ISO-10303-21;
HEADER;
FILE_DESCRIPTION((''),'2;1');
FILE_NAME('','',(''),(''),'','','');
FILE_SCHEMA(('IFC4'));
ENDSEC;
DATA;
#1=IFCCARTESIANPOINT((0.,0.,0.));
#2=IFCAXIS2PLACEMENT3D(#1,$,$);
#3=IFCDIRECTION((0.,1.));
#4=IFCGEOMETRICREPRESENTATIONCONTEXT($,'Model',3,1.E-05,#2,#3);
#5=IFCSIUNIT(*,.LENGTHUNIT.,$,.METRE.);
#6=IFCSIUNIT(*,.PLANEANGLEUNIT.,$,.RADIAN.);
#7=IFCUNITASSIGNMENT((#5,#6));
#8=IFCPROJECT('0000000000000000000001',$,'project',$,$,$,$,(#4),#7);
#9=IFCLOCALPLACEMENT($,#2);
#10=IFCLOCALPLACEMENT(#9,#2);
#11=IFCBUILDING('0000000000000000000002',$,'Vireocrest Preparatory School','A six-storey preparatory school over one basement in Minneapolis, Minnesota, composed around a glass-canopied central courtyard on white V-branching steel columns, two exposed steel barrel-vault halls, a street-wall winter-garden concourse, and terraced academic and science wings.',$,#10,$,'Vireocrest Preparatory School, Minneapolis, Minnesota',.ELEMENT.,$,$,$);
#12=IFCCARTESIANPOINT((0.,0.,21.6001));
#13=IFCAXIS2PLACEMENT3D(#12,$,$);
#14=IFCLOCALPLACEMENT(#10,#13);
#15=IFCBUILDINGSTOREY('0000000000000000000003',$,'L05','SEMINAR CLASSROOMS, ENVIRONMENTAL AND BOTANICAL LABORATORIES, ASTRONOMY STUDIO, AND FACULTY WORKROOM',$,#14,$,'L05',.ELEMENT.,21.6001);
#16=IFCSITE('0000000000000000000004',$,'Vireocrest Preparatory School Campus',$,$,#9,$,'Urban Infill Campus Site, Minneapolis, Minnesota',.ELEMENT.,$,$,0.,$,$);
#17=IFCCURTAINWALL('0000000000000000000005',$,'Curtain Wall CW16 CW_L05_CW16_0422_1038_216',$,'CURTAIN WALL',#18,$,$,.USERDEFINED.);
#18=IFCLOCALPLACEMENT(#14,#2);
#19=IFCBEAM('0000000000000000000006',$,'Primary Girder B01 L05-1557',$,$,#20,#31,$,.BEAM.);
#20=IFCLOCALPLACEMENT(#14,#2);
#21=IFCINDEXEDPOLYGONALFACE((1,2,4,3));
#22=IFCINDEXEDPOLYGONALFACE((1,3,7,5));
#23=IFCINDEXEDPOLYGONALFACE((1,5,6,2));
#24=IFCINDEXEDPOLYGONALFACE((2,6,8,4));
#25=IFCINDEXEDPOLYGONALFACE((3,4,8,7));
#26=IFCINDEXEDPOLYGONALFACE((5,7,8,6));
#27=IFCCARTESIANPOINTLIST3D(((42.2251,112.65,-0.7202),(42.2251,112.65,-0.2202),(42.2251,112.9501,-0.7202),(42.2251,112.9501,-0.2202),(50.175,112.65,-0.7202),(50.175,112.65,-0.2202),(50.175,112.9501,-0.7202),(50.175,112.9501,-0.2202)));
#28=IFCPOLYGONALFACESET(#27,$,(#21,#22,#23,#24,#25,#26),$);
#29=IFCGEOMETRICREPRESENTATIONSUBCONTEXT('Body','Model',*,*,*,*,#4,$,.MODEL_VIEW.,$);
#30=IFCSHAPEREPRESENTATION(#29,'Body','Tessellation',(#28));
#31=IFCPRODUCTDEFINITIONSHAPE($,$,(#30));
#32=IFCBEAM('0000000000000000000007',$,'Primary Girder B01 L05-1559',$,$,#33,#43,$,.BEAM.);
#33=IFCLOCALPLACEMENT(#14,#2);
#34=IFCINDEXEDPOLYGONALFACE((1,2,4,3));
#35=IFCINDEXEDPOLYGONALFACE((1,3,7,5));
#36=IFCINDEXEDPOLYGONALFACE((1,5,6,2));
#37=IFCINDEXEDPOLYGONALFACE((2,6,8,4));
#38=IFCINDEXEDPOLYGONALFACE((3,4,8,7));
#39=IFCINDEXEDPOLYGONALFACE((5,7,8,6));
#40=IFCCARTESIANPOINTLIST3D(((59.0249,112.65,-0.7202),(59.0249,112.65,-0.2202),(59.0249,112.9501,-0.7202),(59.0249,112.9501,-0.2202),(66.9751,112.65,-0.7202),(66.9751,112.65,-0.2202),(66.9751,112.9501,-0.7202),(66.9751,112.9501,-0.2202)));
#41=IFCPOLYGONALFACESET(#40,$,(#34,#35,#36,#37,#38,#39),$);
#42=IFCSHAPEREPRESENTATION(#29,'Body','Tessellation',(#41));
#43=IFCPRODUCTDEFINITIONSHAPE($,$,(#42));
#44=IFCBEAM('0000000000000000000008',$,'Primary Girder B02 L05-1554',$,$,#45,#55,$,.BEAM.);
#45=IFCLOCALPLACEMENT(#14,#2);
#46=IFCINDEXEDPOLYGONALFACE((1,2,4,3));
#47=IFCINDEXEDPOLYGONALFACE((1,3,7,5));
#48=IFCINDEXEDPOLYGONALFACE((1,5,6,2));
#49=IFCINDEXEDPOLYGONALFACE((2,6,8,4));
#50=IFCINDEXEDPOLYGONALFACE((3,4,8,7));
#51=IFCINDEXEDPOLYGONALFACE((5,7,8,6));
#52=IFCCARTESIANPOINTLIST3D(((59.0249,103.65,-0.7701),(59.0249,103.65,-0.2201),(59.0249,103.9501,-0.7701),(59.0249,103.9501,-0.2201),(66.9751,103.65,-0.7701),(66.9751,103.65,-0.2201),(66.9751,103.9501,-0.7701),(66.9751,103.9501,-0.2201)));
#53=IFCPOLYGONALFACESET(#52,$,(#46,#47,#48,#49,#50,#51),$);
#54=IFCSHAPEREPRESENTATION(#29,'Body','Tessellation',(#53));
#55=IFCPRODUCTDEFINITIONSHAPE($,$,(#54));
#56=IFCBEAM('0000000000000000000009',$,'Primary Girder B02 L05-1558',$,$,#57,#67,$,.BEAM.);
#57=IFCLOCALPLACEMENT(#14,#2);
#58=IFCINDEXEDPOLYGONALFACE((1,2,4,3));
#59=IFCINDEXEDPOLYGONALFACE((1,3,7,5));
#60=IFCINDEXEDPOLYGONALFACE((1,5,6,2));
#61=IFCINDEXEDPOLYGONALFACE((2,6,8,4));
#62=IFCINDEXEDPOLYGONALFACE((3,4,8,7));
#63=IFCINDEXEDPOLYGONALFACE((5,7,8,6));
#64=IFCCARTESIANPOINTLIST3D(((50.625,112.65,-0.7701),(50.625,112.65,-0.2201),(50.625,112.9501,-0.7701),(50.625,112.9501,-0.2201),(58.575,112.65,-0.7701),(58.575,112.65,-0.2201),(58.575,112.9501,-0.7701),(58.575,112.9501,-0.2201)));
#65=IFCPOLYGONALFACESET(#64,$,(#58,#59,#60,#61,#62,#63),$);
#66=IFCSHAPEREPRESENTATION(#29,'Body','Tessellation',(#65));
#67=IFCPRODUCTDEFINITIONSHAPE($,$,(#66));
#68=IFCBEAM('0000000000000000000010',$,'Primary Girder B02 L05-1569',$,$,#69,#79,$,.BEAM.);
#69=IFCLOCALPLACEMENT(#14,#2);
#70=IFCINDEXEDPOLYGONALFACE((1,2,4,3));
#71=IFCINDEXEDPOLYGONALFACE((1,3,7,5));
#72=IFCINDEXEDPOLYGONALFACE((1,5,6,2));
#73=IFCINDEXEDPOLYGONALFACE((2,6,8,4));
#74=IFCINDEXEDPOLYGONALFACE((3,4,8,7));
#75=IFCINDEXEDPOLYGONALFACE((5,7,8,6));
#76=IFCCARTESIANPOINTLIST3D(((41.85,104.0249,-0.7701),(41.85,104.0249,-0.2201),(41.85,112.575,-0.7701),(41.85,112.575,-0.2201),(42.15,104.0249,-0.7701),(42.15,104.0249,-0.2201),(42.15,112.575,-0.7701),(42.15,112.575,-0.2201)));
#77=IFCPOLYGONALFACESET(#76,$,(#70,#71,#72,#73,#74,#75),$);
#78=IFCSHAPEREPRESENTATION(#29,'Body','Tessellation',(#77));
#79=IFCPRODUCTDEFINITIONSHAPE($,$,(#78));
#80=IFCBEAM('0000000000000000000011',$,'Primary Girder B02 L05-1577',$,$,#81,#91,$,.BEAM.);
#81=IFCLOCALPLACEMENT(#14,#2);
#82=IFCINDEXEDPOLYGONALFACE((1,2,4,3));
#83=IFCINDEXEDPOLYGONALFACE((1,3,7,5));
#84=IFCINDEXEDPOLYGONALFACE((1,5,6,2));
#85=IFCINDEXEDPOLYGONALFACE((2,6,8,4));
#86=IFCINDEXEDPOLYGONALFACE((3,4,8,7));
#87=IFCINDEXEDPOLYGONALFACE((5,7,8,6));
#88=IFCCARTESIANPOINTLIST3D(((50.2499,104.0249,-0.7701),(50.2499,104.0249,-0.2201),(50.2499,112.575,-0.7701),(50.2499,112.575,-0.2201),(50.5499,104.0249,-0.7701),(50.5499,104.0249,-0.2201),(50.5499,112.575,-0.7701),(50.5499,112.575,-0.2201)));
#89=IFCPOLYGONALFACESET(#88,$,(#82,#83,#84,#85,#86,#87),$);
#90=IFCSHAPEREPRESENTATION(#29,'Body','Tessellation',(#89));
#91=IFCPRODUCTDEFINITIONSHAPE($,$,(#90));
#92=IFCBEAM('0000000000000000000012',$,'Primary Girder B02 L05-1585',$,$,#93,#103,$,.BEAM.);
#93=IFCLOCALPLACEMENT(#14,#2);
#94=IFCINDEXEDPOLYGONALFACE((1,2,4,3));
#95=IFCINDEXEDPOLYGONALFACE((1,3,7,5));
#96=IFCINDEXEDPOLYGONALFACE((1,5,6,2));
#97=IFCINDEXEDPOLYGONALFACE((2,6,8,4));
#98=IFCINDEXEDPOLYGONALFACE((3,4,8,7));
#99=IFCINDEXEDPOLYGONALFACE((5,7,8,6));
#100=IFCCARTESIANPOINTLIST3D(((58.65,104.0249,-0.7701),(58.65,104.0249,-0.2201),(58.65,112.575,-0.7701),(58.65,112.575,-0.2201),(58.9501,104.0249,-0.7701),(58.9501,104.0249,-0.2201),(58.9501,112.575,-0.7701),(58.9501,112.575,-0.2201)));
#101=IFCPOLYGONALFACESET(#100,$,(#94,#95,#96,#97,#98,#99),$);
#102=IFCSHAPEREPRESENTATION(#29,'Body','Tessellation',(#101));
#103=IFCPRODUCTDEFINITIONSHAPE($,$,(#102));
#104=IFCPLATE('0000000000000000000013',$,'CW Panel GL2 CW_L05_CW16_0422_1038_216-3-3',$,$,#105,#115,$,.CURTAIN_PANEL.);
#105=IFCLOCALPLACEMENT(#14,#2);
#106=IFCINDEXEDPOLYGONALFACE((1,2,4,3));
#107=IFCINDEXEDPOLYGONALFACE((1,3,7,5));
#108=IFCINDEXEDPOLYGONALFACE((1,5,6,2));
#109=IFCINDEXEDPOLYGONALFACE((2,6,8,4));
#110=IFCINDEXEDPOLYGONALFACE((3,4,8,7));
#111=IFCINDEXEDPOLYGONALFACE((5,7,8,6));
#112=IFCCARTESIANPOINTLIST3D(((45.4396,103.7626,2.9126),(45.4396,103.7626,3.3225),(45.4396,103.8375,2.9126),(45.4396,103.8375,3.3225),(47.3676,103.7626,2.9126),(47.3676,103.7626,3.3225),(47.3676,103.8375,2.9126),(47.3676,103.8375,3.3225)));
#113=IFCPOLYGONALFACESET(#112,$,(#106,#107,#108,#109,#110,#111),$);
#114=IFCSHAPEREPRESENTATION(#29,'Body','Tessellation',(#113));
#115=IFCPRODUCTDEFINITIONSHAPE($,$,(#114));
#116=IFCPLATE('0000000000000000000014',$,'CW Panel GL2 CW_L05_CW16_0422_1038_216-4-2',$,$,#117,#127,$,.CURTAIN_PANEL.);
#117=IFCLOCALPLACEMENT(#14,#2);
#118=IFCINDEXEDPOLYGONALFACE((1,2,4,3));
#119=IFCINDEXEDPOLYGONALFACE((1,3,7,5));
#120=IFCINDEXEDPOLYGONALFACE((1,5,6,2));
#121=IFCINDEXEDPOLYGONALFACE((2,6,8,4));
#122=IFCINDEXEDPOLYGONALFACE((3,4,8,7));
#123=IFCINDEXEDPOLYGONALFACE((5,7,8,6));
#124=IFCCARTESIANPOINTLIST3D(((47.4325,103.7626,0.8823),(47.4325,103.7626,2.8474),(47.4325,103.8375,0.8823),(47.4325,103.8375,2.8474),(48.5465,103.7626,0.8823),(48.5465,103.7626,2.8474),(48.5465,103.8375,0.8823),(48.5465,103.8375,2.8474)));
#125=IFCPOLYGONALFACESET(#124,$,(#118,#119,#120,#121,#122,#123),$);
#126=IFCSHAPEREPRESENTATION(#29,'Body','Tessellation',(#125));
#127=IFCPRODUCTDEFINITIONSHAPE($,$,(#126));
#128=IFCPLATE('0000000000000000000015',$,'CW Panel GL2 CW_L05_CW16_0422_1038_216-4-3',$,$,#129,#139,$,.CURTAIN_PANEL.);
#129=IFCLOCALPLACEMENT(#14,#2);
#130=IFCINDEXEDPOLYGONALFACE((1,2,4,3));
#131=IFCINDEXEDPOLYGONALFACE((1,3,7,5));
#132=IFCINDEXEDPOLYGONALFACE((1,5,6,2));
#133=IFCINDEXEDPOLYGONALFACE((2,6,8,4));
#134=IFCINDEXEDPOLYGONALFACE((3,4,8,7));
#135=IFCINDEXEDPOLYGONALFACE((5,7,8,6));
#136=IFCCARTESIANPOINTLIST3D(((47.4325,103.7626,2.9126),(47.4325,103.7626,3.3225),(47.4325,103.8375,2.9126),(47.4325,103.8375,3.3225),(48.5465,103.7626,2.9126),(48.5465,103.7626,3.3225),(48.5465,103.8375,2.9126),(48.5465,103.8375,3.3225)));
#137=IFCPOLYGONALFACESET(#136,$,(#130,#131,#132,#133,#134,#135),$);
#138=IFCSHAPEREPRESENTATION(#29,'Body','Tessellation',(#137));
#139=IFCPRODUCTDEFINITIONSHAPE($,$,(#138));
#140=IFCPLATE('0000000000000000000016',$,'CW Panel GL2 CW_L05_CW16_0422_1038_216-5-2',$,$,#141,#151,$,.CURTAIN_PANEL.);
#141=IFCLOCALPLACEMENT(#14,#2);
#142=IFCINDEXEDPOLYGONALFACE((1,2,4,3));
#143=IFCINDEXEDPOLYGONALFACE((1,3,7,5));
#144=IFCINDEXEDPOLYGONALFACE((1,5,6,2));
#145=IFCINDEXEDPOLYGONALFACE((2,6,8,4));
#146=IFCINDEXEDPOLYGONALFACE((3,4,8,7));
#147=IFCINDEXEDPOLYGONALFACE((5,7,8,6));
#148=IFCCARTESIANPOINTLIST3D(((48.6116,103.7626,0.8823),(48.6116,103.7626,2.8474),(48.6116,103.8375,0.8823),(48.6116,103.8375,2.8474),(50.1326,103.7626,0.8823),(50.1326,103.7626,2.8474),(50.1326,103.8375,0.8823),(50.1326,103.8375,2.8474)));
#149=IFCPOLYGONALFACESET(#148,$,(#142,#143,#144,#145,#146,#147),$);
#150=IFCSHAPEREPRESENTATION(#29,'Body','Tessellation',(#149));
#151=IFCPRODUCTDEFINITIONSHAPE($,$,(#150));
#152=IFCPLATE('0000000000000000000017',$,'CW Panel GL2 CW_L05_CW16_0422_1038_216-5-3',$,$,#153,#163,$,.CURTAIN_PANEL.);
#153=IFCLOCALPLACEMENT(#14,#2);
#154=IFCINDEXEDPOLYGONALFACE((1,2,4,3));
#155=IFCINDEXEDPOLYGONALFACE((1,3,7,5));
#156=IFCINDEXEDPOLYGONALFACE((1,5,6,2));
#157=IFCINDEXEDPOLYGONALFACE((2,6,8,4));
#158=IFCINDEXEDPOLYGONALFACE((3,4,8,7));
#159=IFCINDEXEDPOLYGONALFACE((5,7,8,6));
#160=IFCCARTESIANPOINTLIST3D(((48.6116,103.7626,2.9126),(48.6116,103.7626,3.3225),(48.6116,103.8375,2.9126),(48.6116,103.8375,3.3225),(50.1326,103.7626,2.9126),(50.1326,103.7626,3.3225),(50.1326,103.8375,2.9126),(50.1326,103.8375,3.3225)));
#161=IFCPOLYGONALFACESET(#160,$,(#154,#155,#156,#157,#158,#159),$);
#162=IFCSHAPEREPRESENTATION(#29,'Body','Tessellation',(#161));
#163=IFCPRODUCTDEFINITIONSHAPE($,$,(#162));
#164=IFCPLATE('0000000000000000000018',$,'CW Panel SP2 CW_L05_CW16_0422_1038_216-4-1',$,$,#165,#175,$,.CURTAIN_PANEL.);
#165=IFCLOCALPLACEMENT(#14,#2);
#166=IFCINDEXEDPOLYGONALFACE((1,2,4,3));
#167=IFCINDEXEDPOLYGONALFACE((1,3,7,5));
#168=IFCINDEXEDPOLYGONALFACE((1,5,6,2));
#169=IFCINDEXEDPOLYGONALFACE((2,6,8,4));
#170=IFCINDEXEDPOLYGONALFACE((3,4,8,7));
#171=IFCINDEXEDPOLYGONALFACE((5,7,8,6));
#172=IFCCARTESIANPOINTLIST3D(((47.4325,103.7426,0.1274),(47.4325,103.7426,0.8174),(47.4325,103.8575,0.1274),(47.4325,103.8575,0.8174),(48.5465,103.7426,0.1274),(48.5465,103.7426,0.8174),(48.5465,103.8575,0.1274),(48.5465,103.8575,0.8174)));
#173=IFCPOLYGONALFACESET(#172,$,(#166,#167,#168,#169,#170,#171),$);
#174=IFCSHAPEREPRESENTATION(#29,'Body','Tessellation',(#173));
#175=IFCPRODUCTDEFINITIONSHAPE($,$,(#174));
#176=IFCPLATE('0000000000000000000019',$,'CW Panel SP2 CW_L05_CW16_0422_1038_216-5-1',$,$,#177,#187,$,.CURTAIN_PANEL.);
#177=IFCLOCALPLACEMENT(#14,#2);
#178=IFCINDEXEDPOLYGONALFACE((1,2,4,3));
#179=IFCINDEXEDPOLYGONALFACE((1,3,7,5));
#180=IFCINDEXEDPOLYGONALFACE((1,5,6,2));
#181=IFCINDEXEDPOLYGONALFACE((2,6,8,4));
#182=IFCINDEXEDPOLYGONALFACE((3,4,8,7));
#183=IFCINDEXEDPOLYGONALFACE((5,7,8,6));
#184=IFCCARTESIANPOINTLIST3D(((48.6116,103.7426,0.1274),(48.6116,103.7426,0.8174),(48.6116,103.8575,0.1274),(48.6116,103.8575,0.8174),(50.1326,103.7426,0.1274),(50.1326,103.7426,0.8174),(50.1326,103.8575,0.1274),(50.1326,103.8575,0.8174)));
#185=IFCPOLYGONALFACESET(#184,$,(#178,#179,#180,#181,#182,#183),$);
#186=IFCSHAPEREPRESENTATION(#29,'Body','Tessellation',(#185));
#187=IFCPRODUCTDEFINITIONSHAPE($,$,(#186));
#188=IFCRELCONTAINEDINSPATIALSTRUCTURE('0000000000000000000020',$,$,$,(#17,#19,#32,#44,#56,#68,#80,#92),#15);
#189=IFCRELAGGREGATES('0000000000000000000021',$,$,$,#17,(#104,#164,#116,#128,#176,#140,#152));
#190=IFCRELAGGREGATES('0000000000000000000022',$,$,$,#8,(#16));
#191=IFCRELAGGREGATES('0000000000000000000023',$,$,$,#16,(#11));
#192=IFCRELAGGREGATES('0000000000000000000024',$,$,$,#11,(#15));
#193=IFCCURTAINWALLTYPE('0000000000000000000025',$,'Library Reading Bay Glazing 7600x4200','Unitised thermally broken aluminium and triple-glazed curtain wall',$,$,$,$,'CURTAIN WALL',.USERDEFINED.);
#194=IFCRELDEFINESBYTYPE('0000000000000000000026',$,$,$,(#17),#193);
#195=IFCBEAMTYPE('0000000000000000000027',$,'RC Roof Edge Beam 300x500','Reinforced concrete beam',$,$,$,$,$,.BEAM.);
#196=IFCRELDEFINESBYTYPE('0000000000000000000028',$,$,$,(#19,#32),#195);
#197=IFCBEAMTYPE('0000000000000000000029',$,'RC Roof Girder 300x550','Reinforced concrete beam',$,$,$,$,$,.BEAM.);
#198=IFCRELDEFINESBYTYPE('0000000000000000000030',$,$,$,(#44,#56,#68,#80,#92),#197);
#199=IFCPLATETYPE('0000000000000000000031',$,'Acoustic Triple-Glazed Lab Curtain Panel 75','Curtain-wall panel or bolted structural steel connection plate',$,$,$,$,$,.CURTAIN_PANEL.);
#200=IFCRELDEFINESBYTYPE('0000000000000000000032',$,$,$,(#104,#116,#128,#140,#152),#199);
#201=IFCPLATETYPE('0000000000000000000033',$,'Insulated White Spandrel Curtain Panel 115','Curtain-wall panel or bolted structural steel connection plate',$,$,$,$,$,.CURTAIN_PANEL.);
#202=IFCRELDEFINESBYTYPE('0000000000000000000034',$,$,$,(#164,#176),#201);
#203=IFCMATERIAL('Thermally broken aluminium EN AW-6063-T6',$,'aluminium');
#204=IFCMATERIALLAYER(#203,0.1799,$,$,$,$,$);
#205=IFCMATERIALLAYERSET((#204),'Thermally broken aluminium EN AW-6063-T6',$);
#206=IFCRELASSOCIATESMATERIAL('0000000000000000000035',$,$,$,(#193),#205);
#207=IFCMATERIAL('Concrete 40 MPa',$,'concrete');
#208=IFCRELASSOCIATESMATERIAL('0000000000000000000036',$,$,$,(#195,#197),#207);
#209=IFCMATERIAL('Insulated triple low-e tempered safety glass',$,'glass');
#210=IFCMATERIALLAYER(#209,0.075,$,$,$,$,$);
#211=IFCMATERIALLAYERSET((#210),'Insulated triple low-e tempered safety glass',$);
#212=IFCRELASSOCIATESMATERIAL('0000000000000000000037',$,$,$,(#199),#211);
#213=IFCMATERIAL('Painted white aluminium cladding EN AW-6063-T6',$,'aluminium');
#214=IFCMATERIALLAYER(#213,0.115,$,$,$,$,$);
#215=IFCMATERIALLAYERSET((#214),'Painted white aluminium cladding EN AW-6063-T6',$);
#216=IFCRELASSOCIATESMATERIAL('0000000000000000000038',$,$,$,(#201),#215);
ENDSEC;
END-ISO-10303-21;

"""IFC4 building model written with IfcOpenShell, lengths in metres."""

from ifc_helpers import new_model, si_unit, direction, frame, origin, origin_2d, place, context, subcontext, project, spatial, rectangle, extrude, material, layer, layer_set, material_profile, profile_set, type_object, element, aggregate, save


model = new_model("IFC4")

# Units and contexts
model_context = context("Model", 3, precision=1e-05, world=origin(), true_north=direction((0.0, 1.0)))
body_context = subcontext(model_context, "Body", "Model", "MODEL_VIEW")
ifc_project = project(units=[si_unit("LENGTHUNIT", "METRE"), si_unit("PLANEANGLEUNIT", "RADIAN")], contexts=[model_context])

# Site, building, storey
site_placement = place(None, origin())
site = spatial("IfcSite", under=ifc_project, at=site_placement, Name="Vireocrest Preparatory School Campus", LongName="Urban Infill Campus Site, Minneapolis, Minnesota", CompositionType="ELEMENT", RefElevation=0.0)
building_placement = place(site_placement, origin())
building = spatial("IfcBuilding", under=site, at=building_placement, Name="Vireocrest Preparatory School", Description="A six-storey preparatory school over one basement in Minneapolis, Minnesota, composed around a glass-canopied central courtyard on white V-branching steel columns, two exposed steel barrel-vault halls, a street-wall winter-garden concourse, and terraced academic and science wings.", LongName="Vireocrest Preparatory School, Minneapolis, Minnesota", CompositionType="ELEMENT")
storey_placement = place(building_placement, frame((0.0, 0.0, 21.6001)))
storey = spatial("IfcBuildingStorey", under=building, at=storey_placement, Name="L05", Description="SEMINAR CLASSROOMS, ENVIRONMENTAL AND BOTANICAL LABORATORIES, ASTRONOMY STUDIO, AND FACULTY WORKROOM", LongName="L05", CompositionType="ELEMENT", Elevation=21.6001)

# Curtain wall
ifc_material_1 = material(Name="Thermally broken aluminium EN AW-6063-T6", Category="aluminium")
ifc_layer_1 = layer(ifc_material_1, 0.1799)
ifc_layer_set_1 = layer_set([ifc_layer_1], Name="Thermally broken aluminium EN AW-6063-T6")
curtain_wall_type = type_object("IfcCurtainWallType", Name="Library Reading Bay Glazing 7600x4200", Description="Unitised thermally broken aluminium and triple-glazed curtain wall", ElementType="CURTAIN WALL", PredefinedType="USERDEFINED", material=ifc_layer_set_1)
curtain_wall_placement = place(storey_placement, origin())
curtain_wall = element("IfcCurtainWall", 1, at=curtain_wall_placement, inside=storey, type_object=curtain_wall_type, Name="Curtain Wall CW16 CW_L05_CW16_0422_1038_216", ObjectType="CURTAIN WALL", PredefinedType="USERDEFINED")

# Beams
ifc_material_2 = material(Name="Concrete 40 MPa", Category="concrete")
ifc_material_profile_1 = material_profile(ifc_material_2, rectangle(XDim=0.3, YDim=0.5, at=origin_2d()), Name="RC 300x500")
ifc_profile_set_1 = profile_set([ifc_material_profile_1], Name="Concrete 40 MPa")
beam_type_1 = type_object("IfcBeamType", Name="RC Roof Edge Beam 300x500", Description="Reinforced concrete beam", PredefinedType="BEAM", material=ifc_profile_set_1)
beam_1_placement = place(storey_placement, frame((42.2251, 112.8, -0.4702), z_axis=(1.0, 0.0, 0.0), x_axis=(0.0, 1.0, 0.0)))
element("IfcBeam", 2, at=beam_1_placement, inside=storey, type_object=beam_type_1, Name="Primary Girder B01 L05-1557", PredefinedType="BEAM", context=body_context, shape_type="SweptSolid", body=[
    extrude(rectangle(XDim=0.3, YDim=0.5, at=origin_2d()), origin(), (0.0, 0.0, 1.0), 7.95),
])
beam_2_placement = place(storey_placement, frame((59.0249, 112.8, -0.4702), z_axis=(1.0, 0.0, 0.0), x_axis=(0.0, 1.0, 0.0)))
element("IfcBeam", 3, at=beam_2_placement, inside=storey, type_object=beam_type_1, Name="Primary Girder B01 L05-1559", PredefinedType="BEAM", context=body_context, shape_type="SweptSolid", body=[
    extrude(rectangle(XDim=0.3, YDim=0.5, at=origin_2d()), origin(), (0.0, 0.0, 1.0), 7.9502),
])
ifc_material_profile_2 = material_profile(ifc_material_2, rectangle(XDim=0.3, YDim=0.55, at=origin_2d()), Name="RC 300x550")
ifc_profile_set_2 = profile_set([ifc_material_profile_2], Name="Concrete 40 MPa")
beam_type_2 = type_object("IfcBeamType", Name="RC Roof Girder 300x550", Description="Reinforced concrete beam", PredefinedType="BEAM", material=ifc_profile_set_2)
beam_3_placement = place(storey_placement, frame((59.0249, 103.8, -0.4951), z_axis=(1.0, 0.0, 0.0), x_axis=(0.0, 1.0, 0.0)))
element("IfcBeam", 4, at=beam_3_placement, inside=storey, type_object=beam_type_2, Name="Primary Girder B02 L05-1554", PredefinedType="BEAM", context=body_context, shape_type="SweptSolid", body=[
    extrude(rectangle(XDim=0.3, YDim=0.55, at=origin_2d()), origin(), (0.0, 0.0, 1.0), 7.9502),
])
beam_4_placement = place(storey_placement, frame((50.625, 112.8, -0.4951), z_axis=(1.0, 0.0, 0.0), x_axis=(0.0, 1.0, 0.0)))
element("IfcBeam", 5, at=beam_4_placement, inside=storey, type_object=beam_type_2, Name="Primary Girder B02 L05-1558", PredefinedType="BEAM", context=body_context, shape_type="SweptSolid", body=[
    extrude(rectangle(XDim=0.3, YDim=0.55, at=origin_2d()), origin(), (0.0, 0.0, 1.0), 7.95),
])
for number, where, z_axis, x_axis, name in (
    (6, (42.0, 104.0249, -0.4951), (0.0, 1.0, 0.0), (-1.0, 0.0, 0.0), "Primary Girder B02 L05-1569"),
    (7, (50.3999, 104.0249, -0.4951), (0.0, 1.0, 0.0), (-1.0, 0.0, 0.0), "Primary Girder B02 L05-1577"),
    (8, (58.8, 104.0249, -0.4951), (0.0, 1.0, 0.0), (-1.0, 0.0, 0.0), "Primary Girder B02 L05-1585"),
):
    element("IfcBeam", number, at=place(storey_placement, frame(where, z_axis=z_axis, x_axis=x_axis)), inside=storey, type_object=beam_type_2, Name=name, PredefinedType="BEAM", context=body_context, shape_type="SweptSolid", body=[
        extrude(rectangle(XDim=0.3, YDim=0.55, at=origin_2d()), origin(), (0.0, 0.0, 1.0), 8.55),
    ])

# Plates
ifc_material_3 = material(Name="Insulated triple low-e tempered safety glass", Category="glass")
ifc_layer_2 = layer(ifc_material_3, 0.075)
ifc_layer_set_2 = layer_set([ifc_layer_2], Name="Insulated triple low-e tempered safety glass")
plate_type_1 = type_object("IfcPlateType", Name="Acoustic Triple-Glazed Lab Curtain Panel 75", Description="Curtain-wall panel or bolted structural steel connection plate", PredefinedType="CURTAIN_PANEL", material=ifc_layer_set_2)
plate_1_placement = place(storey_placement, frame((46.4036, 103.8, 2.9126), z_axis=(0.0, 0.0, 1.0), x_axis=(1.0, 0.0, 0.0)))
plate_1 = element("IfcPlate", 9, at=plate_1_placement, type_object=plate_type_1, Name="CW Panel GL2 CW_L05_CW16_0422_1038_216-3-3", PredefinedType="CURTAIN_PANEL", context=body_context, shape_type="SweptSolid", body=[
    extrude(rectangle(XDim=1.928, YDim=0.075, at=origin_2d()), origin(), (0.0, 0.0, 1.0), 0.4099),
])
plate_2_placement = place(storey_placement, frame((47.9895, 103.8, 0.8823), z_axis=(0.0, 0.0, 1.0), x_axis=(1.0, 0.0, 0.0)))
plate_2 = element("IfcPlate", 10, at=plate_2_placement, type_object=plate_type_1, Name="CW Panel GL2 CW_L05_CW16_0422_1038_216-4-2", PredefinedType="CURTAIN_PANEL", context=body_context, shape_type="SweptSolid", body=[
    extrude(rectangle(XDim=1.114, YDim=0.075, at=origin_2d()), origin(), (0.0, 0.0, 1.0), 1.9651),
])
plate_3_placement = place(storey_placement, frame((47.9895, 103.8, 2.9126), z_axis=(0.0, 0.0, 1.0), x_axis=(1.0, 0.0, 0.0)))
plate_3 = element("IfcPlate", 11, at=plate_3_placement, type_object=plate_type_1, Name="CW Panel GL2 CW_L05_CW16_0422_1038_216-4-3", PredefinedType="CURTAIN_PANEL", context=body_context, shape_type="SweptSolid", body=[
    extrude(rectangle(XDim=1.114, YDim=0.075, at=origin_2d()), origin(), (0.0, 0.0, 1.0), 0.4099),
])
plate_4_placement = place(storey_placement, frame((49.3721, 103.8, 0.8823), z_axis=(0.0, 0.0, 1.0), x_axis=(1.0, 0.0, 0.0)))
plate_4 = element("IfcPlate", 12, at=plate_4_placement, type_object=plate_type_1, Name="CW Panel GL2 CW_L05_CW16_0422_1038_216-5-2", PredefinedType="CURTAIN_PANEL", context=body_context, shape_type="SweptSolid", body=[
    extrude(rectangle(XDim=1.521, YDim=0.075, at=origin_2d()), origin(), (0.0, 0.0, 1.0), 1.9651),
])
plate_5_placement = place(storey_placement, frame((49.3721, 103.8, 2.9126), z_axis=(0.0, 0.0, 1.0), x_axis=(1.0, 0.0, 0.0)))
plate_5 = element("IfcPlate", 13, at=plate_5_placement, type_object=plate_type_1, Name="CW Panel GL2 CW_L05_CW16_0422_1038_216-5-3", PredefinedType="CURTAIN_PANEL", context=body_context, shape_type="SweptSolid", body=[
    extrude(rectangle(XDim=1.521, YDim=0.075, at=origin_2d()), origin(), (0.0, 0.0, 1.0), 0.4099),
])
ifc_material_4 = material(Name="Painted white aluminium cladding EN AW-6063-T6", Category="aluminium")
ifc_layer_3 = layer(ifc_material_4, 0.115)
ifc_layer_set_3 = layer_set([ifc_layer_3], Name="Painted white aluminium cladding EN AW-6063-T6")
plate_type_2 = type_object("IfcPlateType", Name="Insulated White Spandrel Curtain Panel 115", Description="Curtain-wall panel or bolted structural steel connection plate", PredefinedType="CURTAIN_PANEL", material=ifc_layer_set_3)
plate_6_placement = place(storey_placement, frame((47.9895, 103.8, 0.1274), z_axis=(0.0, 0.0, 1.0), x_axis=(1.0, 0.0, 0.0)))
plate_6 = element("IfcPlate", 14, at=plate_6_placement, type_object=plate_type_2, Name="CW Panel SP2 CW_L05_CW16_0422_1038_216-4-1", PredefinedType="CURTAIN_PANEL", context=body_context, shape_type="SweptSolid", body=[
    extrude(rectangle(XDim=1.114, YDim=0.115, at=origin_2d()), origin(), (0.0, 0.0, 1.0), 0.6899),
])
plate_7_placement = place(storey_placement, frame((49.3721, 103.8, 0.1274), z_axis=(0.0, 0.0, 1.0), x_axis=(1.0, 0.0, 0.0)))
plate_7 = element("IfcPlate", 15, at=plate_7_placement, type_object=plate_type_2, Name="CW Panel SP2 CW_L05_CW16_0422_1038_216-5-1", PredefinedType="CURTAIN_PANEL", context=body_context, shape_type="SweptSolid", body=[
    extrude(rectangle(XDim=1.521, YDim=0.115, at=origin_2d()), origin(), (0.0, 0.0, 1.0), 0.6899),
])
aggregate(curtain_wall, [plate_1, plate_6, plate_2, plate_3, plate_7, plate_4, plate_5])

save(model, "model.ifc")
